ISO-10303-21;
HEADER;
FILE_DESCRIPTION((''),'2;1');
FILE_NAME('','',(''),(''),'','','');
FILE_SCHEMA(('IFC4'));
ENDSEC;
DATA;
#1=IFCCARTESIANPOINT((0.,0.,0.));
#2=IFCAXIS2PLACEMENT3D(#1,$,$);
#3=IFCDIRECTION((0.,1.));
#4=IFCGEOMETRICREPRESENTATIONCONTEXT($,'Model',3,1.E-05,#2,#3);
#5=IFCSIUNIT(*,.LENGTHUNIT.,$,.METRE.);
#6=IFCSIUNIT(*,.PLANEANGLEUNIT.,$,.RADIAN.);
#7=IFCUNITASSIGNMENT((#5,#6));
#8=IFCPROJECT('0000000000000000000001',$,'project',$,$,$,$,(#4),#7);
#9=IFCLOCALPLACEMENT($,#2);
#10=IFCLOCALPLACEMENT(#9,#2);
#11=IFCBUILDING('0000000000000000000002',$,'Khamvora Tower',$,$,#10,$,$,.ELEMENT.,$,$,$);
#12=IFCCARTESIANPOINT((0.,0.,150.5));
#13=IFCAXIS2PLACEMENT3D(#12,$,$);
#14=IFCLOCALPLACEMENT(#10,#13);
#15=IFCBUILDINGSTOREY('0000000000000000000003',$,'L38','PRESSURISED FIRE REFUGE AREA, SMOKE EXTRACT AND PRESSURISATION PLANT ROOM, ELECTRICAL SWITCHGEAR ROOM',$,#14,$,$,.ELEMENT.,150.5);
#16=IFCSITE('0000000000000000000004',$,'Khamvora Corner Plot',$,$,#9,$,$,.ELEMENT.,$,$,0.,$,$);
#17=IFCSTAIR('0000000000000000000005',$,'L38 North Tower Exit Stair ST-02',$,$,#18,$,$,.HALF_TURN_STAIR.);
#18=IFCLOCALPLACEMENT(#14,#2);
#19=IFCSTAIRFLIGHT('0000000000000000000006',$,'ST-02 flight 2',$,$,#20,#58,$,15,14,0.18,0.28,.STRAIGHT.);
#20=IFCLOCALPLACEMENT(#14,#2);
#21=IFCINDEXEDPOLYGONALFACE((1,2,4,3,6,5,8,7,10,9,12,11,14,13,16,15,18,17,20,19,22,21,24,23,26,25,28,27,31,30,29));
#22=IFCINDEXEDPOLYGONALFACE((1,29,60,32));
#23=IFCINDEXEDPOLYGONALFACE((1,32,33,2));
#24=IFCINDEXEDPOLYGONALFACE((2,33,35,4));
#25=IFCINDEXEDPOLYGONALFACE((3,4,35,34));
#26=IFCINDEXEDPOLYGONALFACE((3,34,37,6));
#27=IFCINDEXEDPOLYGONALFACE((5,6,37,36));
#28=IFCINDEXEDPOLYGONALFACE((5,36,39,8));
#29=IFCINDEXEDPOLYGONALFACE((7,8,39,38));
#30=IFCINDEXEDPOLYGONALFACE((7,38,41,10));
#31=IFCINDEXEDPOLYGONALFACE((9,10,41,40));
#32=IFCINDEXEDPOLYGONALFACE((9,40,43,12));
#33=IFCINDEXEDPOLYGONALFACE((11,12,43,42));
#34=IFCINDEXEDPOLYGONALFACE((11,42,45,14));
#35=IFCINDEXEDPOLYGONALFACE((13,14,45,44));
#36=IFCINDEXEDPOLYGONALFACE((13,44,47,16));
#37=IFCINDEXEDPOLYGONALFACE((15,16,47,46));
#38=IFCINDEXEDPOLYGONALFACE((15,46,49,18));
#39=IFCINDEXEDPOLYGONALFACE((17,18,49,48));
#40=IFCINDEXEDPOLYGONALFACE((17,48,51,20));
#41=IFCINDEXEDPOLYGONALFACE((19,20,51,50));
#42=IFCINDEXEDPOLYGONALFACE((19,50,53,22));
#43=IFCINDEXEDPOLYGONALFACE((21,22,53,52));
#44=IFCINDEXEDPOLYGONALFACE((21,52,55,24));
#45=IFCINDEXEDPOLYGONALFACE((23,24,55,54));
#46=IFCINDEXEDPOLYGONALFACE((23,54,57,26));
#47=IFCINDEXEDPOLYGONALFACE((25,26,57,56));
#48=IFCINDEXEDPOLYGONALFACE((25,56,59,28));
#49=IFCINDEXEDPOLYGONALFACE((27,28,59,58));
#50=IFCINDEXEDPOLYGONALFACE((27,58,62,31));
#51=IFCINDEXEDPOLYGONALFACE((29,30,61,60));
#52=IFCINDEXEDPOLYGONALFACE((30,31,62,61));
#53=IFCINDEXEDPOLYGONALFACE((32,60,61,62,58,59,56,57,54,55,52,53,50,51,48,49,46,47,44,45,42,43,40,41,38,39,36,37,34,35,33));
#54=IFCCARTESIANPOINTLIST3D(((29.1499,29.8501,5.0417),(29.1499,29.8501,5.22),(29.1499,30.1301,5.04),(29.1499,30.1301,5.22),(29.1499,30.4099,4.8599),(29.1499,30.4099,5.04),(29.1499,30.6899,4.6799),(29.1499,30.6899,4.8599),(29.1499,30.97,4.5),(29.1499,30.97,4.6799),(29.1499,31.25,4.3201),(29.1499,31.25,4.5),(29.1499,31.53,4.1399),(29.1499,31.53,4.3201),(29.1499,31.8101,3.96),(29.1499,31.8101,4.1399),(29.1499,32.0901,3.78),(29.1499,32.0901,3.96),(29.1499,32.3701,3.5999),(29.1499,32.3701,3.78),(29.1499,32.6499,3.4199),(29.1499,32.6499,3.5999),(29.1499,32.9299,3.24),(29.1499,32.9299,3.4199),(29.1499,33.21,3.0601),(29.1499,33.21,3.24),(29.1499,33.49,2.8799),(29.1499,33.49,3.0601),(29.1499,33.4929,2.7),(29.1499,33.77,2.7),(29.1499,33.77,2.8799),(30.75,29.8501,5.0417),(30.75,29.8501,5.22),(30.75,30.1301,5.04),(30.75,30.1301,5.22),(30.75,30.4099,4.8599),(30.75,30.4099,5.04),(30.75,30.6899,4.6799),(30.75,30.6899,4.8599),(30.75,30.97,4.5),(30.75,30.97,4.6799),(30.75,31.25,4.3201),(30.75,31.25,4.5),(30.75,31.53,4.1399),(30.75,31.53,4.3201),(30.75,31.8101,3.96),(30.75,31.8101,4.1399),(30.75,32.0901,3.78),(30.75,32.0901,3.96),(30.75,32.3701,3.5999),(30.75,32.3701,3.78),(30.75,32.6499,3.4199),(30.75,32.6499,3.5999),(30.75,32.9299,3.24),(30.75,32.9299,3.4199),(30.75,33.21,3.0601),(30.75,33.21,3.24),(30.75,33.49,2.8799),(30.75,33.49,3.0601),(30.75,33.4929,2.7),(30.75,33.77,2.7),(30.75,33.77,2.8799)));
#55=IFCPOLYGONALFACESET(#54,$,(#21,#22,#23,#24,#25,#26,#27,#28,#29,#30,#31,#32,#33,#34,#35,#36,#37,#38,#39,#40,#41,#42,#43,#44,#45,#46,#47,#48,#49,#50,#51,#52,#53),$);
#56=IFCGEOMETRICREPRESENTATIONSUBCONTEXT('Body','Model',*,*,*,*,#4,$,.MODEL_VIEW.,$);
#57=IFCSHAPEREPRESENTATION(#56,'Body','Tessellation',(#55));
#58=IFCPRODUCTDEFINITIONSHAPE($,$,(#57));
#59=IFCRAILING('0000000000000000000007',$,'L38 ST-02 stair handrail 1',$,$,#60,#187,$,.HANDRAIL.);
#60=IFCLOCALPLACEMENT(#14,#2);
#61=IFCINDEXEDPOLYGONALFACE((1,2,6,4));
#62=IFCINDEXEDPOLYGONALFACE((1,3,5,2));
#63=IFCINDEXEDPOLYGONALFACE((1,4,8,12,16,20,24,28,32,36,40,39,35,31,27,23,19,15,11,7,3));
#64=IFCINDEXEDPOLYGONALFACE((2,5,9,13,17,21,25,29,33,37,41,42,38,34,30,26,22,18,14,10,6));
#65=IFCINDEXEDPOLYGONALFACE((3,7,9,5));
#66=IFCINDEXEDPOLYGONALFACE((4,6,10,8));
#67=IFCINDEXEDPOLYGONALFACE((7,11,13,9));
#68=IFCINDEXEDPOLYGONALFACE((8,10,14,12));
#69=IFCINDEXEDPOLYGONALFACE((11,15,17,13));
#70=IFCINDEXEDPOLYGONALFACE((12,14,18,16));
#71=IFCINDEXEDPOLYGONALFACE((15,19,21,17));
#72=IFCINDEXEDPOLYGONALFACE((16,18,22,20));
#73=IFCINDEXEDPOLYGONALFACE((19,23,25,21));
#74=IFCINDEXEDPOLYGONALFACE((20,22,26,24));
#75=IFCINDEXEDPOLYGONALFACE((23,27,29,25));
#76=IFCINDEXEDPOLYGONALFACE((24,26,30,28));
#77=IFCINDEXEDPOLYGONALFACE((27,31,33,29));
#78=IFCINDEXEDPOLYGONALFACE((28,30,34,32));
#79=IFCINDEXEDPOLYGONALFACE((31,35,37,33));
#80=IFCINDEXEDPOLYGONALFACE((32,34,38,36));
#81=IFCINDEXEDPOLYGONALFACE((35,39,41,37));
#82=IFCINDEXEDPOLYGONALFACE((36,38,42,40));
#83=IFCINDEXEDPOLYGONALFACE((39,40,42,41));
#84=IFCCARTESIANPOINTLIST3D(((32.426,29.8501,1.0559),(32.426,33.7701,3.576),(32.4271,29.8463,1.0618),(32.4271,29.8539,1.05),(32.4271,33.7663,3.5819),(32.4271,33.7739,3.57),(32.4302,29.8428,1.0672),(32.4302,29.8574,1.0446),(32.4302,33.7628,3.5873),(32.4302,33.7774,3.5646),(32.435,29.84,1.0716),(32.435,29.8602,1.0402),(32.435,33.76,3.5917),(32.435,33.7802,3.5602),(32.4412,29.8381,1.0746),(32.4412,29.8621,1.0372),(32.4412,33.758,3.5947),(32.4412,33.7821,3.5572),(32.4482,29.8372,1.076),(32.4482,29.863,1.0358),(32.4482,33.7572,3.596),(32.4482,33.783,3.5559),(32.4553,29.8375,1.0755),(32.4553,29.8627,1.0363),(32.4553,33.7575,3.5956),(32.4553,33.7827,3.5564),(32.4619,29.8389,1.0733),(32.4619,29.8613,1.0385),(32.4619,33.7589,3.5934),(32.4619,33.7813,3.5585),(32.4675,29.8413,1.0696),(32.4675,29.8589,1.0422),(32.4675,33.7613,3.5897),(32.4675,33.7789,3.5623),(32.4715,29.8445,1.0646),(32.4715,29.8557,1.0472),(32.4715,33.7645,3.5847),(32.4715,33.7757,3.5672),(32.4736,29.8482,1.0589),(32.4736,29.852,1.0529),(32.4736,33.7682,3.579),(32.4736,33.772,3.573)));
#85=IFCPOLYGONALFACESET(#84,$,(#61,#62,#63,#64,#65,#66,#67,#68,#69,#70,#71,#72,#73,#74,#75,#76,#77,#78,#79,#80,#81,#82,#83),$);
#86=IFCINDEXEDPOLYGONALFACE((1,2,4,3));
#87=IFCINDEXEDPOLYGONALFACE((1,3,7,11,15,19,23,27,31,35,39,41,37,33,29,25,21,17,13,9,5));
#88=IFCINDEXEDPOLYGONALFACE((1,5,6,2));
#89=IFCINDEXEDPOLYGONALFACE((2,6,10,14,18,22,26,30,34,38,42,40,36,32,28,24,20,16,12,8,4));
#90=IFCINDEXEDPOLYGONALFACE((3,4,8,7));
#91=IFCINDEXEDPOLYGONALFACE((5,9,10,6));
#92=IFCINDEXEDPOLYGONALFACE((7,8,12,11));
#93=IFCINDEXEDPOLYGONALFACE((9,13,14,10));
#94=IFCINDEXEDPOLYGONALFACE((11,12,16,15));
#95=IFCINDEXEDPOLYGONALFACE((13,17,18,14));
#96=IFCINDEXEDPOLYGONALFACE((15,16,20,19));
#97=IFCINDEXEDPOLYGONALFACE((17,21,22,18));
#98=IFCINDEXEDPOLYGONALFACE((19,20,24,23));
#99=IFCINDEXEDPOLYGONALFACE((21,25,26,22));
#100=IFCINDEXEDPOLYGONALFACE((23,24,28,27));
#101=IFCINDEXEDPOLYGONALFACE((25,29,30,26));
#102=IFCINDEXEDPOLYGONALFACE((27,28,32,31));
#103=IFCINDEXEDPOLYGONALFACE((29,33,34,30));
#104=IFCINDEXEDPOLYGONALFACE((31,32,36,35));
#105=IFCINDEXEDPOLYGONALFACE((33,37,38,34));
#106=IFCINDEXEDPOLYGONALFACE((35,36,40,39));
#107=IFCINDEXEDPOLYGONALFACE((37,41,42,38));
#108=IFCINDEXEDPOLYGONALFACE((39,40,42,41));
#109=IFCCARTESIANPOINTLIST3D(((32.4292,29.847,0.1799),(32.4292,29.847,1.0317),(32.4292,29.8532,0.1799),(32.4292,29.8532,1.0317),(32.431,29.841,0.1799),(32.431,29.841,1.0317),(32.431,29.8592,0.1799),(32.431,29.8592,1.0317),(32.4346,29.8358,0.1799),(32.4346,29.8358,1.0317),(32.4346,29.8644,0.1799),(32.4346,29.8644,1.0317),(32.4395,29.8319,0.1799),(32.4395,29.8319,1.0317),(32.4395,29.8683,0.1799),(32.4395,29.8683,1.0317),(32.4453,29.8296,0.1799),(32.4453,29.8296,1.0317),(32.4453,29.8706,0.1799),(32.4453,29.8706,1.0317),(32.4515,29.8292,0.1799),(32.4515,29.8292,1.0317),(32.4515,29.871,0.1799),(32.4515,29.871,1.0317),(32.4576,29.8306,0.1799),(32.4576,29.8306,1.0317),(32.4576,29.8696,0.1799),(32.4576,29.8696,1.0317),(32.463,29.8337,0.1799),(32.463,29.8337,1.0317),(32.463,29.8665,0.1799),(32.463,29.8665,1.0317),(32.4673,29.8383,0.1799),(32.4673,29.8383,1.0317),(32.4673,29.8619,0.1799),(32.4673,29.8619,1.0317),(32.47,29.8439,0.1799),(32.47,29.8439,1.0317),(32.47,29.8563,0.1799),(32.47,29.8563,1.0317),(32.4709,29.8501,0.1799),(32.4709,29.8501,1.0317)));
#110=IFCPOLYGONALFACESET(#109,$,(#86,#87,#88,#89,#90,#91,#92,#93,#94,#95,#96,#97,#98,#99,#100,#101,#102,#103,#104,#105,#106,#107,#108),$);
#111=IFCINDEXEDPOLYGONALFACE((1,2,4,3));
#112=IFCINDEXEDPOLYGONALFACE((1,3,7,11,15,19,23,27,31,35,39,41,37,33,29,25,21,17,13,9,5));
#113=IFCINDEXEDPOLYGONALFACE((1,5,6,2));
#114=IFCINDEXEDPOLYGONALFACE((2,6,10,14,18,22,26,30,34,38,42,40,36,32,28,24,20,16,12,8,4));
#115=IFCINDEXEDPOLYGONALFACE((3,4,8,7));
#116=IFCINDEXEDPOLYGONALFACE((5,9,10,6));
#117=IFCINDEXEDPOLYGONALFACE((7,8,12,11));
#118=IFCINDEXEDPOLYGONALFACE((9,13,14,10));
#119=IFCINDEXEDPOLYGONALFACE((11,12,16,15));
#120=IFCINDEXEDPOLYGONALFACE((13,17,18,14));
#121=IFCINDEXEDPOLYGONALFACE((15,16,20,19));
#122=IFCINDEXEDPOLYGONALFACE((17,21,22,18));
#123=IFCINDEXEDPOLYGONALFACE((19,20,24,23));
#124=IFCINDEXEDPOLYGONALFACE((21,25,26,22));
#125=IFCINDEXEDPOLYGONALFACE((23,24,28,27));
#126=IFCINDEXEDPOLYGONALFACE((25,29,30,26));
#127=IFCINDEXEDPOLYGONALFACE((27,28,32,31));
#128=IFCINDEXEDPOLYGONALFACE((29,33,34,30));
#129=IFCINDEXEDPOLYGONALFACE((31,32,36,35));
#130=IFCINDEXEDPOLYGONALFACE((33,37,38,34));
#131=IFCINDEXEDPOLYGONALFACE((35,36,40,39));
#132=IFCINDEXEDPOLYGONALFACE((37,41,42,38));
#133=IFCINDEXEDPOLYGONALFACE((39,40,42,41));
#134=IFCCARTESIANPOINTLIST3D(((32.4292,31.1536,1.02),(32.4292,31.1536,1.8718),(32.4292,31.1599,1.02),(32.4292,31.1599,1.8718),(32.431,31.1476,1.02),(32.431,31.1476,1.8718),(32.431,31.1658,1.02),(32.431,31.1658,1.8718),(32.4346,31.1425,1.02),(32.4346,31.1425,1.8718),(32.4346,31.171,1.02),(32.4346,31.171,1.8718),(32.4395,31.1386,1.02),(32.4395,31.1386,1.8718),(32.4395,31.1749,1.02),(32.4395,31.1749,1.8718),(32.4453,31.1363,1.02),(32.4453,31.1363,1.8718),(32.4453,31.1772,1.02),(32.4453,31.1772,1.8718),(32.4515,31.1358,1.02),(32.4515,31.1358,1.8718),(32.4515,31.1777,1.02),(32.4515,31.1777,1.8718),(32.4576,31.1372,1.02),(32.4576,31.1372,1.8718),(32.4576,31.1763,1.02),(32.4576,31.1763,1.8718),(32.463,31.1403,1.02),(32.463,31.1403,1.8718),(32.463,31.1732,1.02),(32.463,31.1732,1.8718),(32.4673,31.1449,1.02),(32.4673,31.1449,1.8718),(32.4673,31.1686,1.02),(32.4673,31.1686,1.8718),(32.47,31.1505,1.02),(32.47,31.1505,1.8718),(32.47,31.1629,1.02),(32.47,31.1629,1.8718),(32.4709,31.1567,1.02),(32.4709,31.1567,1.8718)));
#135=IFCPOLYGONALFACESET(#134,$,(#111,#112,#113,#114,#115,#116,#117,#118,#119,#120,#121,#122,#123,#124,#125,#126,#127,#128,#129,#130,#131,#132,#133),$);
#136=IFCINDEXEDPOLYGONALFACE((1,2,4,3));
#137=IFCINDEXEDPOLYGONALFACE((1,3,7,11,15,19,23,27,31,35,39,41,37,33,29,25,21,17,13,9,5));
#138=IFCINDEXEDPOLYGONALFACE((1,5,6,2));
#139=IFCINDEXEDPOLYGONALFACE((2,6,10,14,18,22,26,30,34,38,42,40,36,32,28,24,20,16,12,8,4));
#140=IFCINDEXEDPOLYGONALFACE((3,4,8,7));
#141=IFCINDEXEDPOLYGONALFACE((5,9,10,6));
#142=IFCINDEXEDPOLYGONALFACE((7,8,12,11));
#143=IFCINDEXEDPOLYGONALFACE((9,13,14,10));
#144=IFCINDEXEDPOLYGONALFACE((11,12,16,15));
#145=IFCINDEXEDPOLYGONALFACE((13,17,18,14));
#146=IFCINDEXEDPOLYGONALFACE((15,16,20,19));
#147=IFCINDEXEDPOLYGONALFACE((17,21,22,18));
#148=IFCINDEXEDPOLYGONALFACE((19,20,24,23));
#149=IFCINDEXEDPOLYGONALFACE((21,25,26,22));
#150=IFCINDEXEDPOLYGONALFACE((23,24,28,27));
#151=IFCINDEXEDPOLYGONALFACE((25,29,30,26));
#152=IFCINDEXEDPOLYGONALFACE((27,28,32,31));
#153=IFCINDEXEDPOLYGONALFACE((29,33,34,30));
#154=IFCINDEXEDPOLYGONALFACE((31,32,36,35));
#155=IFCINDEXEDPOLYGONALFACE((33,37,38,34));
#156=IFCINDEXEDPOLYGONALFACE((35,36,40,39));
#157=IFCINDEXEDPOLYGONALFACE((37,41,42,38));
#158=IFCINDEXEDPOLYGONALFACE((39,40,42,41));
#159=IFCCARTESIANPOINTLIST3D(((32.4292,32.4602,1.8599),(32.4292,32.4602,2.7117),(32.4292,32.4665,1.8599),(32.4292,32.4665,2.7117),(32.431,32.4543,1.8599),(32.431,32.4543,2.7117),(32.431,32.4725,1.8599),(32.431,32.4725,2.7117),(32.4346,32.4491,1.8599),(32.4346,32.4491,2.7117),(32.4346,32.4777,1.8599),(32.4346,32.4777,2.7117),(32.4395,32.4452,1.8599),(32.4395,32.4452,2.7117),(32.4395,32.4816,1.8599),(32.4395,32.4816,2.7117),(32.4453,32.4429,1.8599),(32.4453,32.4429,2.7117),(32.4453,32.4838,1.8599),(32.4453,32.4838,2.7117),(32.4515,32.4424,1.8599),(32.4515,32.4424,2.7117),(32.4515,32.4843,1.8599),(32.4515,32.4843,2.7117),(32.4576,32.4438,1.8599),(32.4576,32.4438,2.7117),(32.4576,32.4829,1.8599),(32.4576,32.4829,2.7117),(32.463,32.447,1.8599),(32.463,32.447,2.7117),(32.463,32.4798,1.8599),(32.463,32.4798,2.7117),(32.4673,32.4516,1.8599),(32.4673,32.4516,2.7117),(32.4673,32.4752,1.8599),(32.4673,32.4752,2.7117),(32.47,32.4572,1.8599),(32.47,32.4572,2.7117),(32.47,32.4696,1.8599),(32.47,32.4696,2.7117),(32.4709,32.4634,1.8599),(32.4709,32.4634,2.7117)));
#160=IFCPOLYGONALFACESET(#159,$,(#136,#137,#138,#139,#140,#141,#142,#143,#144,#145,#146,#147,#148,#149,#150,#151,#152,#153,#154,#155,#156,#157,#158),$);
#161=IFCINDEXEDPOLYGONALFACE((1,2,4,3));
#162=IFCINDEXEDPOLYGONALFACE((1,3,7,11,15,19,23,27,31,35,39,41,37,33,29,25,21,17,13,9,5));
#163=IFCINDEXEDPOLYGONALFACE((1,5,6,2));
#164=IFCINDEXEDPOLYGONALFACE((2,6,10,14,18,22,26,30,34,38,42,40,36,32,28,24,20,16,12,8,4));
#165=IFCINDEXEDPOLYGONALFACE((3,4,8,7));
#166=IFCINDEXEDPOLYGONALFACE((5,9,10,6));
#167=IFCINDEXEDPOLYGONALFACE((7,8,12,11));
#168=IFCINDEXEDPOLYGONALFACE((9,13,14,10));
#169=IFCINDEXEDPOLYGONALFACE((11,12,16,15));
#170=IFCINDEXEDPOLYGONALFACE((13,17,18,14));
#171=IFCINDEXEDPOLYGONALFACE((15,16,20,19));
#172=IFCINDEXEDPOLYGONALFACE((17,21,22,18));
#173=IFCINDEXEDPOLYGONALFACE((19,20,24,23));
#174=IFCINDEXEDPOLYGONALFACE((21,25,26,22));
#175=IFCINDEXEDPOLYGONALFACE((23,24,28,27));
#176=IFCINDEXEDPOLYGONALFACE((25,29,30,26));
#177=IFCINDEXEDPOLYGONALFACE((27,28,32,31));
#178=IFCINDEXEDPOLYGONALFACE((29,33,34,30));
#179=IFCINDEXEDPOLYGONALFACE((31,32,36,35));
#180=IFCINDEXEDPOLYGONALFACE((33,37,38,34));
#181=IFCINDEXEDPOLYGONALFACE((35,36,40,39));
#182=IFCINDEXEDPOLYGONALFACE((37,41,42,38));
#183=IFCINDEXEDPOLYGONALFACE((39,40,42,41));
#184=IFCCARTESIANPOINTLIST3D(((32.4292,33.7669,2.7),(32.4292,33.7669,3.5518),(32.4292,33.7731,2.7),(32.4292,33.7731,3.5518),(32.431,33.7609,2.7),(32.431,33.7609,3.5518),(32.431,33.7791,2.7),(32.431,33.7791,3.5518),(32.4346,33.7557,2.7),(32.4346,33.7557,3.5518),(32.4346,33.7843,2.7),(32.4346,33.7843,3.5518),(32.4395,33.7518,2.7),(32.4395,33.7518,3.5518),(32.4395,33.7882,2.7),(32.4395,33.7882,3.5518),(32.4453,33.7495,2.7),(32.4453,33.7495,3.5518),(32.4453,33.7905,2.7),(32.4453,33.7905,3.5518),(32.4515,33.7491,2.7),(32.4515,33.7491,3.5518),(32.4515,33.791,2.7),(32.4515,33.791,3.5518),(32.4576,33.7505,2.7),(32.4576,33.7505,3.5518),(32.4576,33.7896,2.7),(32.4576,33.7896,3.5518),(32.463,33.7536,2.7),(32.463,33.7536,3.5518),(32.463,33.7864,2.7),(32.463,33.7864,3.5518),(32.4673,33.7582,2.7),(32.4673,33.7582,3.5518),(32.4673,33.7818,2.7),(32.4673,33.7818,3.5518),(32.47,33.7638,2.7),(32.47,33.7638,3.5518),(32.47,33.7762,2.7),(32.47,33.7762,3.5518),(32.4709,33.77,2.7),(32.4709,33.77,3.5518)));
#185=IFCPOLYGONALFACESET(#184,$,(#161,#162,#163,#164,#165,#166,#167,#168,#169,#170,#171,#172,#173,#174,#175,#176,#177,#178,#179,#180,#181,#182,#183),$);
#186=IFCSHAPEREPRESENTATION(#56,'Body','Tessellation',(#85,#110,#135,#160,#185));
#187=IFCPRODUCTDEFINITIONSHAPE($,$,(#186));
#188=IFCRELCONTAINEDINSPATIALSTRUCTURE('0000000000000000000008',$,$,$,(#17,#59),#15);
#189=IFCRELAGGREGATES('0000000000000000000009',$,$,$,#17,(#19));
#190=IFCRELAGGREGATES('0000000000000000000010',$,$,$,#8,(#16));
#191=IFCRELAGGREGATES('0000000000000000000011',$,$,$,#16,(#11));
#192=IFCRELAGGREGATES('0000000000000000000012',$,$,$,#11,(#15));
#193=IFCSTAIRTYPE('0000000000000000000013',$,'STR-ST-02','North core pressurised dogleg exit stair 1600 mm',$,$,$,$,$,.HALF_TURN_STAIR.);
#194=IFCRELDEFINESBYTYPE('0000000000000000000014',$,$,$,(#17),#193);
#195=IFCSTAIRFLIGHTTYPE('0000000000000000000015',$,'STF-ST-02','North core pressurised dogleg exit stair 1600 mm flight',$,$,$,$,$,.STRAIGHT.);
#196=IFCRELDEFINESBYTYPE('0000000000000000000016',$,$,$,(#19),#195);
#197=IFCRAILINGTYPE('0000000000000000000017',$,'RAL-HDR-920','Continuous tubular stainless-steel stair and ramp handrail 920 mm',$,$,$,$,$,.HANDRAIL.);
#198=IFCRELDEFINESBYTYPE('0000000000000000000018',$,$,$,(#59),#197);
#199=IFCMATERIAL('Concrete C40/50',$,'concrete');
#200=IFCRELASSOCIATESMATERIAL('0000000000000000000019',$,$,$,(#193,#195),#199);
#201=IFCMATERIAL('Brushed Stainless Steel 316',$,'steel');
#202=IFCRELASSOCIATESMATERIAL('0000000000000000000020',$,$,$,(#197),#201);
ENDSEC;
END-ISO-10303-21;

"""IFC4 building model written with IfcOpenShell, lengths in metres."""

from ifc_helpers import new_model, si_unit, direction, frame, origin, origin_2d, place, context, subcontext, project, spatial, polyline, circle, outline, extrude, material, type_object, element, aggregate, save


model = new_model("IFC4")

# Units and contexts
model_context = context("Model", 3, precision=1e-05, world=origin(), true_north=direction((0.0, 1.0)))
body_context = subcontext(model_context, "Body", "Model", "MODEL_VIEW")
ifc_project = project(units=[si_unit("LENGTHUNIT", "METRE"), si_unit("PLANEANGLEUNIT", "RADIAN")], contexts=[model_context])

# Site, building, storey
site_placement = place(None, origin())
site = spatial("IfcSite", under=ifc_project, at=site_placement, Name="Khamvora Corner Plot", CompositionType="ELEMENT", RefElevation=0.0)
building_placement = place(site_placement, origin())
building = spatial("IfcBuilding", under=site, at=building_placement, Name="Khamvora Tower", CompositionType="ELEMENT")
storey_placement = place(building_placement, frame((0.0, 0.0, 150.5)))
storey = spatial("IfcBuildingStorey", under=building, at=storey_placement, Name="L38", Description="PRESSURISED FIRE REFUGE AREA, SMOKE EXTRACT AND PRESSURISATION PLANT ROOM, ELECTRICAL SWITCHGEAR ROOM", CompositionType="ELEMENT", Elevation=150.5)

# Shared definitions
ifc_material_1 = material(Name="Concrete C40/50", Category="concrete")

# Stair, stair flight
stair_type = type_object("IfcStairType", Name="STR-ST-02", Description="North core pressurised dogleg exit stair 1600 mm", PredefinedType="HALF_TURN_STAIR", material=ifc_material_1)
stair_placement = place(storey_placement, origin())
stair = element("IfcStair", 1, at=stair_placement, inside=storey, type_object=stair_type, Name="L38 North Tower Exit Stair ST-02", PredefinedType="HALF_TURN_STAIR")
stair_flight_type = type_object("IfcStairFlightType", Name="STF-ST-02", Description="North core pressurised dogleg exit stair 1600 mm flight", PredefinedType="STRAIGHT", material=ifc_material_1)
stair_flight_1_placement = place(storey_placement, frame((29.95, 33.77, 2.7), z_axis=(0.0, 0.0, 1.0), x_axis=(0.0, -1.0, 0.0)))
stair_flight_1 = element("IfcStairFlight", 2, at=stair_flight_1_placement, type_object=stair_flight_type, Name="ST-02 flight 2", NumberOfRisers=15, NumberOfTreads=14, PredefinedType="STRAIGHT", RiserHeight=0.18, TreadLength=0.28, context=body_context, shape_type="SweptSolid", body=[
    extrude(outline(polyline([(0.0, 0.0), (0.0, 0.1799), (0.28, 0.1799), (0.28, 0.3601), (0.5601, 0.3601), (0.5601, 0.54), (0.8401, 0.54), (0.8401, 0.72), (1.1201, 0.72), (1.1201, 0.8999), (1.3999, 0.8999), (1.3999, 1.0801), (1.6799, 1.0801), (1.6799, 1.26), (1.96, 1.26), (1.96, 1.4399), (2.24, 1.4399), (2.24, 1.6201), (2.52, 1.6201), (2.52, 1.8), (2.8, 1.8), (2.8, 1.98), (3.0801, 1.98), (3.0801, 2.1599), (3.3601, 2.1599), (3.3601, 2.3401), (3.6399, 2.3401), (3.6399, 2.52), (3.9199, 2.52), (3.9199, 2.7), (3.9199, 2.3418), (0.2771, 0.0), (0.0, 0.0)])), frame((0.0, 0.8, 0.0), z_axis=(0.0, -1.0, 0.0), x_axis=(1.0, 0.0, 0.0)), (0.0, 0.0, 1.0), 1.6001),
])
aggregate(stair, [stair_flight_1])

# Railing
ifc_material_2 = material(Name="Brushed Stainless Steel 316", Category="steel")
railing_type_1 = type_object("IfcRailingType", Name="RAL-HDR-920", Description="Continuous tubular stainless-steel stair and ramp handrail 920 mm", PredefinedType="HANDRAIL", material=ifc_material_2)
railing_1_placement = place(storey_placement, frame((32.45, 29.8501, 0.1799)))
element("IfcRailing", 3, at=railing_1_placement, inside=storey, type_object=railing_type_1, Name="L38 ST-02 stair handrail 1", PredefinedType="HANDRAIL", context=body_context, shape_type="SweptSolid", body=[
    extrude(circle(Radius=0.0239, at=origin_2d()), frame((0.0, 0.0, 0.876), z_axis=(0.0, 0.841172, 0.540768), x_axis=(-1.0, 0.0, 0.0)), (0.0, 0.0, 1.0), 4.6602),
    extrude(circle(Radius=0.021, at=origin_2d()), origin(), (0.0, 0.0, 1.0), 0.8518),
    extrude(circle(Radius=0.021, at=origin_2d()), frame((0.0, 1.3066, 0.8401)), (0.0, 0.0, 1.0), 0.8518),
    extrude(circle(Radius=0.021, at=origin_2d()), frame((0.0, 2.6133, 1.6799)), (0.0, 0.0, 1.0), 0.8518),
    extrude(circle(Radius=0.021, at=origin_2d()), frame((0.0, 3.9199, 2.52)), (0.0, 0.0, 1.0), 0.8518),
])

save(model, "model.ifc")
